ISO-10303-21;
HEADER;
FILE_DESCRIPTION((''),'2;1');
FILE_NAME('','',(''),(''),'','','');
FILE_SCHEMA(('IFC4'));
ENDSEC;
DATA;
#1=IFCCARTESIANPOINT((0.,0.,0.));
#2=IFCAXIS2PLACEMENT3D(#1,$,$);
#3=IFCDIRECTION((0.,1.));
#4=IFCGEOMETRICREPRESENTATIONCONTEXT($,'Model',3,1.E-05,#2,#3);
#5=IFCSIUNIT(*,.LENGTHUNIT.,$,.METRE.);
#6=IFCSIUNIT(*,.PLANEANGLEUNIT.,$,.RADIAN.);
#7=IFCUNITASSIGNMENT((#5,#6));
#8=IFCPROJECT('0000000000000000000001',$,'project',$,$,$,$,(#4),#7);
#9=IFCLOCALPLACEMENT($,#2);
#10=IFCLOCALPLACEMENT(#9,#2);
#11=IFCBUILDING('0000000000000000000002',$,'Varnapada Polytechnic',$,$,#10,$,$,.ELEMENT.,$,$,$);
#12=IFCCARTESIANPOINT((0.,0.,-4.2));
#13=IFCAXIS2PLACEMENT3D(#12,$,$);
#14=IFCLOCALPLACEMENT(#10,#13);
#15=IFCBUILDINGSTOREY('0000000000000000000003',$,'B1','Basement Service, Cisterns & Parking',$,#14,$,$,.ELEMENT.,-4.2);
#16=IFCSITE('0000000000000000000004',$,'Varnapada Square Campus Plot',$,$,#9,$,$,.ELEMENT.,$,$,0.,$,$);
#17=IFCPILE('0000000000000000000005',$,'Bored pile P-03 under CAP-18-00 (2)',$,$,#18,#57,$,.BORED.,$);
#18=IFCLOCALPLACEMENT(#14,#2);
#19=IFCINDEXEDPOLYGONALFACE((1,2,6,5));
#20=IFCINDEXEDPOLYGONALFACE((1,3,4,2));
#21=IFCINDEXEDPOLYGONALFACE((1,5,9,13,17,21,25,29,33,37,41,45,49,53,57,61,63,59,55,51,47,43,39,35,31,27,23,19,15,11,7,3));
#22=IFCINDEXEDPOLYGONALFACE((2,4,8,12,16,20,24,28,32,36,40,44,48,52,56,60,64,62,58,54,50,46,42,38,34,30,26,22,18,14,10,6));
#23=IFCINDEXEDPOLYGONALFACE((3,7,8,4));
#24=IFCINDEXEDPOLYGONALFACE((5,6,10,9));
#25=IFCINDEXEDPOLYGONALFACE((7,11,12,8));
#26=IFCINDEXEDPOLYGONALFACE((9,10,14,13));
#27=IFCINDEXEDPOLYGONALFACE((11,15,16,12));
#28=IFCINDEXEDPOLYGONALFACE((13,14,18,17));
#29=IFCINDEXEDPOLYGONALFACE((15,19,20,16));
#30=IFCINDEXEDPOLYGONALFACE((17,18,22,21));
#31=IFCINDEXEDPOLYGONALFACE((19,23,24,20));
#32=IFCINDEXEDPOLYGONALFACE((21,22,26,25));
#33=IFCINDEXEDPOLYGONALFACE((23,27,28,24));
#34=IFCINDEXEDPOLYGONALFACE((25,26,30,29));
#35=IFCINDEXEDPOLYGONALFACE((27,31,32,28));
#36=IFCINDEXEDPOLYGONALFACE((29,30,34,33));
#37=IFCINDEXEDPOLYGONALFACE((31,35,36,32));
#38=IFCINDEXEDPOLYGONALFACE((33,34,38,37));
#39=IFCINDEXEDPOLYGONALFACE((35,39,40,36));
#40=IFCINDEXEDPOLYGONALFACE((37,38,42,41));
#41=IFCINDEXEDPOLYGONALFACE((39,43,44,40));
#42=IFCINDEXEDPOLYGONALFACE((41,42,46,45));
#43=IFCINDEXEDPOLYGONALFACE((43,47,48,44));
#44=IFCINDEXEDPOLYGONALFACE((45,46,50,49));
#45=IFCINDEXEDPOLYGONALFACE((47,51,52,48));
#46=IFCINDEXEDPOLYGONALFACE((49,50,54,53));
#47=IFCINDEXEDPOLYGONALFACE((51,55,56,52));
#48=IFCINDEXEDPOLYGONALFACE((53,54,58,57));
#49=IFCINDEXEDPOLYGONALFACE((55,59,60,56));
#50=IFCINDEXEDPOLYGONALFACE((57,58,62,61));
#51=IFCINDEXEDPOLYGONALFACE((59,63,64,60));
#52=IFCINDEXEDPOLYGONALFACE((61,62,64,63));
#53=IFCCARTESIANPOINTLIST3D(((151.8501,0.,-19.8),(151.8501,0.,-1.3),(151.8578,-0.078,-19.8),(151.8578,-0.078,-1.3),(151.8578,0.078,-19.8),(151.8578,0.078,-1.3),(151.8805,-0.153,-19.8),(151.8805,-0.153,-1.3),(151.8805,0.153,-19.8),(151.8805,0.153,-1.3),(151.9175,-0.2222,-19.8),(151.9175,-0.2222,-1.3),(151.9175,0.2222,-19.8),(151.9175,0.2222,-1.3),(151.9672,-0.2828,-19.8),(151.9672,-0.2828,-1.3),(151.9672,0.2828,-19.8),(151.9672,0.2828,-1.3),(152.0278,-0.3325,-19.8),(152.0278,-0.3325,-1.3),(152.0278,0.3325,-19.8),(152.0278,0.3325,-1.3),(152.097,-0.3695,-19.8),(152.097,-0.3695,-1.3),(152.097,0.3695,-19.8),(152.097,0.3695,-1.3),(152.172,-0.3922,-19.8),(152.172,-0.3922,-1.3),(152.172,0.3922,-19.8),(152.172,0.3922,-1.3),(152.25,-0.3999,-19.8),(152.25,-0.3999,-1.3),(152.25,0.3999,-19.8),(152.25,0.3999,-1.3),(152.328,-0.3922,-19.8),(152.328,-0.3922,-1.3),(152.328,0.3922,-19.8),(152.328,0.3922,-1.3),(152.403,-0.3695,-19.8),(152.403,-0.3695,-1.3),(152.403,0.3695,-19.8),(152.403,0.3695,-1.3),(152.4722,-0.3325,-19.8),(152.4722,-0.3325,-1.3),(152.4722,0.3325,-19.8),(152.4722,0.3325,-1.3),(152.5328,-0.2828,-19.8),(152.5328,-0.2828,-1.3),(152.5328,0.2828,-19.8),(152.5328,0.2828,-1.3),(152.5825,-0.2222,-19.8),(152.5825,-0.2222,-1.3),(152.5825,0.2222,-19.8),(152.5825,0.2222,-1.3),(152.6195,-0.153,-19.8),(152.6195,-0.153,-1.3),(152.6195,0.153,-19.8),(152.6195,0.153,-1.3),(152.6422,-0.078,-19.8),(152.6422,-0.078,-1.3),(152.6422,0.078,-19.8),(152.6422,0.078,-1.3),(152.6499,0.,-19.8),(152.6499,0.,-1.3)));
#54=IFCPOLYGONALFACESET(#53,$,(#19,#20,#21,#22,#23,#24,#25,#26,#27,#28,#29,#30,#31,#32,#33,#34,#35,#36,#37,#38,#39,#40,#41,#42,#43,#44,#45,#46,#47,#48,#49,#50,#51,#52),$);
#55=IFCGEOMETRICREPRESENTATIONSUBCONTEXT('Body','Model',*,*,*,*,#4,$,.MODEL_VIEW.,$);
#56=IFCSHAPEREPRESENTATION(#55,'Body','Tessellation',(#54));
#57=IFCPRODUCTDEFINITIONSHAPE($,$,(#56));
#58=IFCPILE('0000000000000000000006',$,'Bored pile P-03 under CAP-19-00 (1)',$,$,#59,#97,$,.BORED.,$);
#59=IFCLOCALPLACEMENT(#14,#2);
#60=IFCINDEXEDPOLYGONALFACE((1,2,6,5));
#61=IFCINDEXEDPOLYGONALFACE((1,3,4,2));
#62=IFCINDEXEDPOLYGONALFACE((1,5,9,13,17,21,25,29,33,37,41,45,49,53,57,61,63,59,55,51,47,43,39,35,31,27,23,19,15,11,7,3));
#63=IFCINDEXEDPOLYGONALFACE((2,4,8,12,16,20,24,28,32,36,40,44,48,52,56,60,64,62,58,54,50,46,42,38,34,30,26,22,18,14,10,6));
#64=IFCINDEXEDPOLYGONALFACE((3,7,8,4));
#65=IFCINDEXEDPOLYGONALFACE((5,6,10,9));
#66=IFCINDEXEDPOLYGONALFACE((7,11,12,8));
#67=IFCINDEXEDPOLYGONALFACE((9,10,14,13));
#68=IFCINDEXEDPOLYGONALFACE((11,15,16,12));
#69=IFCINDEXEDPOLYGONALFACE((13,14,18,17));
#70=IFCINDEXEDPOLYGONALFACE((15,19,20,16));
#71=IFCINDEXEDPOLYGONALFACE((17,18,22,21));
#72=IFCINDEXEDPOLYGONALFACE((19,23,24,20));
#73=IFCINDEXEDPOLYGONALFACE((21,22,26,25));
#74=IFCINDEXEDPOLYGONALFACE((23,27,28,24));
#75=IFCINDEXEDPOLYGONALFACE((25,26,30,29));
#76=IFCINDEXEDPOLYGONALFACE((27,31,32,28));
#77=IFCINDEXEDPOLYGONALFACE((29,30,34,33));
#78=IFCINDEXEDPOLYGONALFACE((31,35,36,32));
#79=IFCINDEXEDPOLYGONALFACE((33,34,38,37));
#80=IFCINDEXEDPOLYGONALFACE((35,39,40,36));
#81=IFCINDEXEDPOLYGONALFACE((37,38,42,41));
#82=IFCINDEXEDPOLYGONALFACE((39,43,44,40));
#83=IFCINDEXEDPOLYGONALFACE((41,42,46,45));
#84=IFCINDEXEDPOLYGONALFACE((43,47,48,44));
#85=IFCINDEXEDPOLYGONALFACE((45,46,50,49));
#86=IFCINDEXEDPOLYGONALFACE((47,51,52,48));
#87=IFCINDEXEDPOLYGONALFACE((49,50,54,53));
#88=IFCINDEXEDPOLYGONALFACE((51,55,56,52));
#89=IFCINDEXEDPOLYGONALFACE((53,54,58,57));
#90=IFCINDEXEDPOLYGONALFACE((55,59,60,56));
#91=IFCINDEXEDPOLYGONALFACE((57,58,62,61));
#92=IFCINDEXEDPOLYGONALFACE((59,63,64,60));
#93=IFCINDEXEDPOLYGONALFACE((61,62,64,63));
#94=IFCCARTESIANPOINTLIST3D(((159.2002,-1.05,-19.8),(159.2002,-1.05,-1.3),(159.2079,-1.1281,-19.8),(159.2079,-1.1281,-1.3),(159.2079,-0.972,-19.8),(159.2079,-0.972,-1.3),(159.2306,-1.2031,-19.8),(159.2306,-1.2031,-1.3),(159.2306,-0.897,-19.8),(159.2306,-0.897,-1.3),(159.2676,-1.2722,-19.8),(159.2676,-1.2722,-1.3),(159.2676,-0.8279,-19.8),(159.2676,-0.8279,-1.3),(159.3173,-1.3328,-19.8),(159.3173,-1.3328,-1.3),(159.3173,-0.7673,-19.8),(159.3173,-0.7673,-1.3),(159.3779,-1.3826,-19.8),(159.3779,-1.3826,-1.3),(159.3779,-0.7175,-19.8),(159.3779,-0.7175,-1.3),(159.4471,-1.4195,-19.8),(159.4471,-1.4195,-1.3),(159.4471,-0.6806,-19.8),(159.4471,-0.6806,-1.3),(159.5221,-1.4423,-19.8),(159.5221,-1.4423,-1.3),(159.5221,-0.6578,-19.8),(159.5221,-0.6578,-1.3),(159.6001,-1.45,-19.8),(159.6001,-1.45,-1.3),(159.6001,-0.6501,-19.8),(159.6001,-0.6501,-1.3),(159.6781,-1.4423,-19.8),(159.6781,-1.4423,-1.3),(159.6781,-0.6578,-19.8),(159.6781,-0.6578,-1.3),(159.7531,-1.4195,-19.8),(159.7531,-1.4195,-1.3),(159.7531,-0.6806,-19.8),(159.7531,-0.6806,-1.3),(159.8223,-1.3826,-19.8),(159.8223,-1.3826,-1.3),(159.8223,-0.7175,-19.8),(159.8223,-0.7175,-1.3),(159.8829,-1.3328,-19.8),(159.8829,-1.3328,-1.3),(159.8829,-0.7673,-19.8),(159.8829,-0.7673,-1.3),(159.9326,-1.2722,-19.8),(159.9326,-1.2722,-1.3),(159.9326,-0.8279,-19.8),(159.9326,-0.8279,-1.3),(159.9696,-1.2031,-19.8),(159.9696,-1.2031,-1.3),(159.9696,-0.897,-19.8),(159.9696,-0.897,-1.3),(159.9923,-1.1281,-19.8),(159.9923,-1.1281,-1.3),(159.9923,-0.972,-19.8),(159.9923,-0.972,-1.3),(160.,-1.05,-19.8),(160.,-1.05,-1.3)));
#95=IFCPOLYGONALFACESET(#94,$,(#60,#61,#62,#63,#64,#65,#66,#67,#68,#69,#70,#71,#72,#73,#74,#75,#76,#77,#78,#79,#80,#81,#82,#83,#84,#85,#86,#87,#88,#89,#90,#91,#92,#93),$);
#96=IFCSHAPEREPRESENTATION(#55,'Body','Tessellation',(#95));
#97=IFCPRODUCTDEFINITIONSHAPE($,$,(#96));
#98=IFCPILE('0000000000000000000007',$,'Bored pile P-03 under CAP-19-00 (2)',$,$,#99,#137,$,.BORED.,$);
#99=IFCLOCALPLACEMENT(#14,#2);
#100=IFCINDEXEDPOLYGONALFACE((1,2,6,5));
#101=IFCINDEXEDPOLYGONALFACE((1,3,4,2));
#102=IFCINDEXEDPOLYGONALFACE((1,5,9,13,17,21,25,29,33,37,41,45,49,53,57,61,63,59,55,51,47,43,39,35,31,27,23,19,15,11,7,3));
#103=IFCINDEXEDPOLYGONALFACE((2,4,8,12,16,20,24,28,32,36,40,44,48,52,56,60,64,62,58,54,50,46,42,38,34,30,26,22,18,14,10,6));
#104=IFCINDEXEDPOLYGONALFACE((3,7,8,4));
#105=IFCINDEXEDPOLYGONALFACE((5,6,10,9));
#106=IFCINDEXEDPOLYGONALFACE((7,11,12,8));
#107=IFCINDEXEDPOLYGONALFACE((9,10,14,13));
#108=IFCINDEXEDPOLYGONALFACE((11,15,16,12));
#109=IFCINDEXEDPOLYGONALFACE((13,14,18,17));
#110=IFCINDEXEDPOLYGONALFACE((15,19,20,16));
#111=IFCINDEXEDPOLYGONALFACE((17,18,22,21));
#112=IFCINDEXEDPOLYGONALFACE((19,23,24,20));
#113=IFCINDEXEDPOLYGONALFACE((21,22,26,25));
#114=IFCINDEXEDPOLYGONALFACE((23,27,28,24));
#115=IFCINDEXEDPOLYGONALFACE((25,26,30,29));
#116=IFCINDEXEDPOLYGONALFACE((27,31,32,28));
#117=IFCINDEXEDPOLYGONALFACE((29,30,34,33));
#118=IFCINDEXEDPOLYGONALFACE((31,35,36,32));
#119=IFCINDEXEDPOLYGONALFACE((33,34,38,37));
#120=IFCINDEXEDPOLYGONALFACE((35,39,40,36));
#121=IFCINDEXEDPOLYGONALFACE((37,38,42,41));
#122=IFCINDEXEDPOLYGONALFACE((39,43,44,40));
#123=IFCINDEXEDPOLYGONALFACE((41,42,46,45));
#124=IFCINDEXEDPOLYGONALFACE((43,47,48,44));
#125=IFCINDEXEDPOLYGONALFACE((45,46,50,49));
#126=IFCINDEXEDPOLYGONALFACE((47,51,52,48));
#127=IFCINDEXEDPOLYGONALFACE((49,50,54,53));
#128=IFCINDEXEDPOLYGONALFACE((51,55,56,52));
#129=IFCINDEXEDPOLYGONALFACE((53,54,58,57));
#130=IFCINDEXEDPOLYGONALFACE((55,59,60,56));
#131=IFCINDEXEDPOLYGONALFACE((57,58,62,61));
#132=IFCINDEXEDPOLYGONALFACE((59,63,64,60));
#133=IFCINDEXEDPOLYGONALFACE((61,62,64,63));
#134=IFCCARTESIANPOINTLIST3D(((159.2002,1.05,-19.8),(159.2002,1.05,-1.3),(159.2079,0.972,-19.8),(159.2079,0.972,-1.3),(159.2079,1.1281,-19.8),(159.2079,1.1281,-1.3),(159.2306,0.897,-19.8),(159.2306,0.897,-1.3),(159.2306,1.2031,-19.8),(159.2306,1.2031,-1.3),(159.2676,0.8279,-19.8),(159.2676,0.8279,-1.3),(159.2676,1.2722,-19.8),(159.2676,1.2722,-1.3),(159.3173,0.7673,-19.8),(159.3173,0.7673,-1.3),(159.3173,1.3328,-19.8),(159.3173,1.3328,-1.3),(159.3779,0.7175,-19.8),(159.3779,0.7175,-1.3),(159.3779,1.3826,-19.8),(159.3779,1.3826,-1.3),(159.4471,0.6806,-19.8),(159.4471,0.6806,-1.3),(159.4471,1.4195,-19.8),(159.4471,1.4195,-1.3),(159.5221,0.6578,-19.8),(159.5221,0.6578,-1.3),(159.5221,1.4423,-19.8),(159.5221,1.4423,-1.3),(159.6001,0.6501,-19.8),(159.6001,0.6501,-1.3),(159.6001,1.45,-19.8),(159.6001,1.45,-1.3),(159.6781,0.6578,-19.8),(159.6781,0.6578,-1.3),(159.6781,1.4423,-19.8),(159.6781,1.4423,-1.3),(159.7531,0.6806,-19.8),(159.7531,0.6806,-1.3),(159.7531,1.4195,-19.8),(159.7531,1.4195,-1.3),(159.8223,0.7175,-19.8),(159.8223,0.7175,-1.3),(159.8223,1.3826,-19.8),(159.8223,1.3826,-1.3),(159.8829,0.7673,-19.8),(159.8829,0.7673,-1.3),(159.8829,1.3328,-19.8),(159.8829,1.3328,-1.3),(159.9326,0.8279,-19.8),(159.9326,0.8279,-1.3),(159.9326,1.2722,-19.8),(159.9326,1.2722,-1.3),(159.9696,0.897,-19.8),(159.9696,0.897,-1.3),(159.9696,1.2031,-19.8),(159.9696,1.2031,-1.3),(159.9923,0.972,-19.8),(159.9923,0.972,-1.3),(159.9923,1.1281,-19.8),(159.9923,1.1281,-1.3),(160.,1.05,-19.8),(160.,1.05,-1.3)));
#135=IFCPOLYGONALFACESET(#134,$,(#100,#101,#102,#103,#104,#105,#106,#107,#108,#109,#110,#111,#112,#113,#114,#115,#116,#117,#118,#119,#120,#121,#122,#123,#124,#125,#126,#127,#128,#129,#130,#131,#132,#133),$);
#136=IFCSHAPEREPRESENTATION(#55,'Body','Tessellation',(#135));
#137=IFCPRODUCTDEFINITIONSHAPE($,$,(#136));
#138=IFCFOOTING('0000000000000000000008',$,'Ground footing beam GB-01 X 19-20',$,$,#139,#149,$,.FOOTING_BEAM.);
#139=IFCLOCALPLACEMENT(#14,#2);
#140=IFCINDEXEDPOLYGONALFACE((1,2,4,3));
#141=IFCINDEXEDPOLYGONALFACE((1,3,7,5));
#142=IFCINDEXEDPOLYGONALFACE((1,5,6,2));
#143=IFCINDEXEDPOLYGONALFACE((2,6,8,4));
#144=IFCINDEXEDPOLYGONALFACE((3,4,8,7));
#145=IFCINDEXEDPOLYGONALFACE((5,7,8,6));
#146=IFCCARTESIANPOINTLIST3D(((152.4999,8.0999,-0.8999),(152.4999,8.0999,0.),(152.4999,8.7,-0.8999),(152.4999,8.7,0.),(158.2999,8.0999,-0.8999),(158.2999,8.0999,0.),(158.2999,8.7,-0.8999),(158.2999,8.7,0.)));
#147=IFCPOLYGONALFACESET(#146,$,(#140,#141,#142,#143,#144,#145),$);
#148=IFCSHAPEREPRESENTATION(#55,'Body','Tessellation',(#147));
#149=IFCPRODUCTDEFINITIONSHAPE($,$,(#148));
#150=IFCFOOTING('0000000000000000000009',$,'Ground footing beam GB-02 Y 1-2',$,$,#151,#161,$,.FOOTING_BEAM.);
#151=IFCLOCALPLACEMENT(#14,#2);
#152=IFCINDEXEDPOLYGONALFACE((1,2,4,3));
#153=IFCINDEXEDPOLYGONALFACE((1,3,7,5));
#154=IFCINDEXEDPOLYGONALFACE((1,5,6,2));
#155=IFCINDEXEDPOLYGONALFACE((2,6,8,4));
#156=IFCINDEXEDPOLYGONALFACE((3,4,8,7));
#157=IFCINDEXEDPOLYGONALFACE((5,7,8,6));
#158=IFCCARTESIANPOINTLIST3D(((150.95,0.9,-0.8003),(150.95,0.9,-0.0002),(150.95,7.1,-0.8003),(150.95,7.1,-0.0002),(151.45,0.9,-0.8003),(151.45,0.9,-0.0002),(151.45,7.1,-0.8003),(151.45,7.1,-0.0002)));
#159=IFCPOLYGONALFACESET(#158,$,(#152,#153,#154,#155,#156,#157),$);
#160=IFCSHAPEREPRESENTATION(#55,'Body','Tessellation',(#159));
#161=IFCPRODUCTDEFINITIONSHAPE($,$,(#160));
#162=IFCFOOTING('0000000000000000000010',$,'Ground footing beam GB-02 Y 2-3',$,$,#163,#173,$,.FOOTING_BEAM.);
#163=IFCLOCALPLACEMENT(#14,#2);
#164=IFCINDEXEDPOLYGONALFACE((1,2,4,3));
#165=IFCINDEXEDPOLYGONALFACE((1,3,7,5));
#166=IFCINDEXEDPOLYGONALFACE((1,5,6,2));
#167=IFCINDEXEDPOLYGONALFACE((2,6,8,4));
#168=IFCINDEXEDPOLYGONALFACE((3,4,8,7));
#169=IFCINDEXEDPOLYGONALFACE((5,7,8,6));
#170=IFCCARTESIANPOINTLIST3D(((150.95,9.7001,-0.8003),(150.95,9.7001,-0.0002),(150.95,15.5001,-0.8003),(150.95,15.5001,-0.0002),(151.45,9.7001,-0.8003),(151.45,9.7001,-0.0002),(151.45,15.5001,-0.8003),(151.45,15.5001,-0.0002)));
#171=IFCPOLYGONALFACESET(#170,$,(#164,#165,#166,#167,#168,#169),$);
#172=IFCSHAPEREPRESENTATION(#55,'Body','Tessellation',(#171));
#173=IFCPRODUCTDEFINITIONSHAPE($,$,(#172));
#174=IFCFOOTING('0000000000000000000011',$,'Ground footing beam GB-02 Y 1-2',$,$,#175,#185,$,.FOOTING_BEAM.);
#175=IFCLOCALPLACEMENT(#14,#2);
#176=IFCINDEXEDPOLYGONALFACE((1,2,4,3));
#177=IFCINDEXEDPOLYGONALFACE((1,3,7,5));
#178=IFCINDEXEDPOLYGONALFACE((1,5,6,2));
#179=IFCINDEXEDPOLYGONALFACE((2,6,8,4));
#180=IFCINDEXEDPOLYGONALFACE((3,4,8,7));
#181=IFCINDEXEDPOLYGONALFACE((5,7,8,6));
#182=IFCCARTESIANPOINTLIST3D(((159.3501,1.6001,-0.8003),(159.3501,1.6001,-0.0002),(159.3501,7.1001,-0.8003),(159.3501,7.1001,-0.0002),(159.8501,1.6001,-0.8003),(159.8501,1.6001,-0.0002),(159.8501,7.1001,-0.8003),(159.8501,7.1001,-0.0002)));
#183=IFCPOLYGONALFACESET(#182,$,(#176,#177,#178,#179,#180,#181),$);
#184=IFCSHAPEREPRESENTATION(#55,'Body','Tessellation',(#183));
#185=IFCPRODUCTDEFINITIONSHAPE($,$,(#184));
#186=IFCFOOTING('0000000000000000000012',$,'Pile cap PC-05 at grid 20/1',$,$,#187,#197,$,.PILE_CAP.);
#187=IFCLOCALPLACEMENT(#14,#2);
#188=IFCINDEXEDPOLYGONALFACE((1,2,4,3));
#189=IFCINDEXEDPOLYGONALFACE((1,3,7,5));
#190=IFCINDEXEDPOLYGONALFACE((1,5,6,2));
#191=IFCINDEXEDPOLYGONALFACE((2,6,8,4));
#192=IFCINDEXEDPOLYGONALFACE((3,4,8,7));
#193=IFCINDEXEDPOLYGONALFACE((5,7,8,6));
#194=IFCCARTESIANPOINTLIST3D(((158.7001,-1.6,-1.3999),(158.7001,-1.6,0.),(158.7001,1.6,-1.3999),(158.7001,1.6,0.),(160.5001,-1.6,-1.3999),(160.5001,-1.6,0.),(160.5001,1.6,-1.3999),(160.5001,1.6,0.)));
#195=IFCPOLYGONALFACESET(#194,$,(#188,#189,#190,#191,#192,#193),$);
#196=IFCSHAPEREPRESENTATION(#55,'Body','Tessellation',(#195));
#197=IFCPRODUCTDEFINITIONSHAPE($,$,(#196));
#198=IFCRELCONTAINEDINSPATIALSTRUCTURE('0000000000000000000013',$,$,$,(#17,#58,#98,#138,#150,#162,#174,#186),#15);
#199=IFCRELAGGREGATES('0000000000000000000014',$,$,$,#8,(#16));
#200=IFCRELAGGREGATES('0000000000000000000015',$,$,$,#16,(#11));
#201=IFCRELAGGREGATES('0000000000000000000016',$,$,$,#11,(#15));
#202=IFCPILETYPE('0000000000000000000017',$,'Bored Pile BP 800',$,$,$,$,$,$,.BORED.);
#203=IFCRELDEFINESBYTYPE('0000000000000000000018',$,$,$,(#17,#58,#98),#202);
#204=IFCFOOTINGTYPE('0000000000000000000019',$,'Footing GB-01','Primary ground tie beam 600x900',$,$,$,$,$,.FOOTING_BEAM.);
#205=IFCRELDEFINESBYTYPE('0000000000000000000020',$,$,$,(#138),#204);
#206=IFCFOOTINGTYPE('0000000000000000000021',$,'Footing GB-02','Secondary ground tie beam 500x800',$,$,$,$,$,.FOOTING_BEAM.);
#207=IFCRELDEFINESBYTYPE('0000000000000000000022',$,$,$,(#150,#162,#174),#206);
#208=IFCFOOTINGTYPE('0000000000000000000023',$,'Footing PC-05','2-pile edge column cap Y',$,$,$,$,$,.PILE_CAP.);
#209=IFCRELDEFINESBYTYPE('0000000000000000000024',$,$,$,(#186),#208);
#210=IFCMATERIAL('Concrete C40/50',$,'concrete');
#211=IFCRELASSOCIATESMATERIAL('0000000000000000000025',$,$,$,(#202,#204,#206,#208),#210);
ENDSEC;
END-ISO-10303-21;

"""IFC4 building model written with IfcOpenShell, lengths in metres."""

from ifc_helpers import new_model, si_unit, direction, frame, origin, origin_2d, place, context, subcontext, project, spatial, rectangle, circle, extrude, material, material_profile, profile_set, type_object, element, save


model = new_model("IFC4")

# Units and contexts
model_context = context("Model", 3, precision=1e-05, world=origin(), true_north=direction((0.0, 1.0)))
body_context = subcontext(model_context, "Body", "Model", "MODEL_VIEW")
ifc_project = project(units=[si_unit("LENGTHUNIT", "METRE"), si_unit("PLANEANGLEUNIT", "RADIAN")], contexts=[model_context])

# Site, building, storey
site_placement = place(None, origin())
site = spatial("IfcSite", under=ifc_project, at=site_placement, Name="Varnapada Square Campus Plot", CompositionType="ELEMENT", RefElevation=0.0)
building_placement = place(site_placement, origin())
building = spatial("IfcBuilding", under=site, at=building_placement, Name="Varnapada Polytechnic", CompositionType="ELEMENT")
storey_placement = place(building_placement, frame((0.0, 0.0, -4.2)))
storey = spatial("IfcBuildingStorey", under=building, at=storey_placement, Name="B1", Description="Basement Service, Cisterns & Parking", CompositionType="ELEMENT", Elevation=-4.2)

# Piles
ifc_material_1 = material(Name="Concrete C40/50", Category="concrete")
ifc_material_profile_1 = material_profile(ifc_material_1, circle(Radius=0.3999, at=origin_2d()), Name="BP 800")
ifc_profile_set_1 = profile_set([ifc_material_profile_1], Name="Concrete C40/50")
pile_type_1 = type_object("IfcPileType", Name="Bored Pile BP 800", PredefinedType="BORED", material=ifc_profile_set_1)
for number, where, z_axis, x_axis, name in (
    (1, (152.25, 0.0, -1.3), (0.0, 0.0, -1.0), (1.0, 0.0, 0.0), "Bored pile P-03 under CAP-18-00 (2)"),
    (2, (159.6001, -1.05, -1.3), (0.0, 0.0, -1.0), (1.0, 0.0, 0.0), "Bored pile P-03 under CAP-19-00 (1)"),
    (3, (159.6001, 1.05, -1.3), (0.0, 0.0, -1.0), (1.0, 0.0, 0.0), "Bored pile P-03 under CAP-19-00 (2)"),
):
    element("IfcPile", number, at=place(storey_placement, frame(where, z_axis=z_axis, x_axis=x_axis)), inside=storey, type_object=pile_type_1, Name=name, PredefinedType="BORED", context=body_context, shape_type="SweptSolid", body=[
        extrude(circle(Radius=0.3999, at=origin_2d()), origin(), (0.0, 0.0, 1.0), 18.5),
    ])

# Footings
footing_type_1 = type_object("IfcFootingType", Name="Footing GB-01", Description="Primary ground tie beam 600x900", PredefinedType="FOOTING_BEAM", material=ifc_material_1)
footing_1_placement = place(storey_placement, frame((155.3999, 8.3999, -0.8999), z_axis=(0.0, 0.0, 1.0), x_axis=(1.0, 0.0, 0.0)))
element("IfcFooting", 4, at=footing_1_placement, inside=storey, type_object=footing_type_1, Name="Ground footing beam GB-01 X 19-20", PredefinedType="FOOTING_BEAM", context=body_context, shape_type="SweptSolid", body=[
    extrude(rectangle(XDim=5.8, YDim=0.6001, at=origin_2d()), origin(), (0.0, 0.0, 1.0), 0.8999),
])
footing_type_2 = type_object("IfcFootingType", Name="Footing GB-02", Description="Secondary ground tie beam 500x800", PredefinedType="FOOTING_BEAM", material=ifc_material_1)
footing_2_placement = place(storey_placement, frame((151.2, 4.0, -0.8003), z_axis=(0.0, 0.0, 1.0), x_axis=(0.0, 1.0, 0.0)))
element("IfcFooting", 5, at=footing_2_placement, inside=storey, type_object=footing_type_2, Name="Ground footing beam GB-02 Y 1-2", PredefinedType="FOOTING_BEAM", context=body_context, shape_type="SweptSolid", body=[
    extrude(rectangle(XDim=6.2, YDim=0.5, at=origin_2d()), origin(), (0.0, 0.0, 1.0), 0.8),
])
footing_3_placement = place(storey_placement, frame((151.2, 12.6001, -0.8003), z_axis=(0.0, 0.0, 1.0), x_axis=(0.0, 1.0, 0.0)))
element("IfcFooting", 6, at=footing_3_placement, inside=storey, type_object=footing_type_2, Name="Ground footing beam GB-02 Y 2-3", PredefinedType="FOOTING_BEAM", context=body_context, shape_type="SweptSolid", body=[
    extrude(rectangle(XDim=5.8, YDim=0.5, at=origin_2d()), origin(), (0.0, 0.0, 1.0), 0.8),
])
footing_4_placement = place(storey_placement, frame((159.6001, 4.3501, -0.8003), z_axis=(0.0, 0.0, 1.0), x_axis=(0.0, 1.0, 0.0)))
element("IfcFooting", 7, at=footing_4_placement, inside=storey, type_object=footing_type_2, Name="Ground footing beam GB-02 Y 1-2", PredefinedType="FOOTING_BEAM", context=body_context, shape_type="SweptSolid", body=[
    extrude(rectangle(XDim=5.5, YDim=0.5, at=origin_2d()), origin(), (0.0, 0.0, 1.0), 0.8),
])
footing_type_3 = type_object("IfcFootingType", Name="Footing PC-05", Description="2-pile edge column cap Y", PredefinedType="PILE_CAP", material=ifc_material_1)
footing_5_placement = place(storey_placement, frame((159.6001, 0.0, -1.3999), z_axis=(0.0, 0.0, 1.0), x_axis=(1.0, 0.0, 0.0)))
element("IfcFooting", 8, at=footing_5_placement, inside=storey, type_object=footing_type_3, Name="Pile cap PC-05 at grid 20/1", PredefinedType="PILE_CAP", context=body_context, shape_type="SweptSolid", body=[
    extrude(rectangle(XDim=1.8, YDim=3.2, at=origin_2d()), origin(), (0.0, 0.0, 1.0), 1.3999),
])

save(model, "model.ifc")
